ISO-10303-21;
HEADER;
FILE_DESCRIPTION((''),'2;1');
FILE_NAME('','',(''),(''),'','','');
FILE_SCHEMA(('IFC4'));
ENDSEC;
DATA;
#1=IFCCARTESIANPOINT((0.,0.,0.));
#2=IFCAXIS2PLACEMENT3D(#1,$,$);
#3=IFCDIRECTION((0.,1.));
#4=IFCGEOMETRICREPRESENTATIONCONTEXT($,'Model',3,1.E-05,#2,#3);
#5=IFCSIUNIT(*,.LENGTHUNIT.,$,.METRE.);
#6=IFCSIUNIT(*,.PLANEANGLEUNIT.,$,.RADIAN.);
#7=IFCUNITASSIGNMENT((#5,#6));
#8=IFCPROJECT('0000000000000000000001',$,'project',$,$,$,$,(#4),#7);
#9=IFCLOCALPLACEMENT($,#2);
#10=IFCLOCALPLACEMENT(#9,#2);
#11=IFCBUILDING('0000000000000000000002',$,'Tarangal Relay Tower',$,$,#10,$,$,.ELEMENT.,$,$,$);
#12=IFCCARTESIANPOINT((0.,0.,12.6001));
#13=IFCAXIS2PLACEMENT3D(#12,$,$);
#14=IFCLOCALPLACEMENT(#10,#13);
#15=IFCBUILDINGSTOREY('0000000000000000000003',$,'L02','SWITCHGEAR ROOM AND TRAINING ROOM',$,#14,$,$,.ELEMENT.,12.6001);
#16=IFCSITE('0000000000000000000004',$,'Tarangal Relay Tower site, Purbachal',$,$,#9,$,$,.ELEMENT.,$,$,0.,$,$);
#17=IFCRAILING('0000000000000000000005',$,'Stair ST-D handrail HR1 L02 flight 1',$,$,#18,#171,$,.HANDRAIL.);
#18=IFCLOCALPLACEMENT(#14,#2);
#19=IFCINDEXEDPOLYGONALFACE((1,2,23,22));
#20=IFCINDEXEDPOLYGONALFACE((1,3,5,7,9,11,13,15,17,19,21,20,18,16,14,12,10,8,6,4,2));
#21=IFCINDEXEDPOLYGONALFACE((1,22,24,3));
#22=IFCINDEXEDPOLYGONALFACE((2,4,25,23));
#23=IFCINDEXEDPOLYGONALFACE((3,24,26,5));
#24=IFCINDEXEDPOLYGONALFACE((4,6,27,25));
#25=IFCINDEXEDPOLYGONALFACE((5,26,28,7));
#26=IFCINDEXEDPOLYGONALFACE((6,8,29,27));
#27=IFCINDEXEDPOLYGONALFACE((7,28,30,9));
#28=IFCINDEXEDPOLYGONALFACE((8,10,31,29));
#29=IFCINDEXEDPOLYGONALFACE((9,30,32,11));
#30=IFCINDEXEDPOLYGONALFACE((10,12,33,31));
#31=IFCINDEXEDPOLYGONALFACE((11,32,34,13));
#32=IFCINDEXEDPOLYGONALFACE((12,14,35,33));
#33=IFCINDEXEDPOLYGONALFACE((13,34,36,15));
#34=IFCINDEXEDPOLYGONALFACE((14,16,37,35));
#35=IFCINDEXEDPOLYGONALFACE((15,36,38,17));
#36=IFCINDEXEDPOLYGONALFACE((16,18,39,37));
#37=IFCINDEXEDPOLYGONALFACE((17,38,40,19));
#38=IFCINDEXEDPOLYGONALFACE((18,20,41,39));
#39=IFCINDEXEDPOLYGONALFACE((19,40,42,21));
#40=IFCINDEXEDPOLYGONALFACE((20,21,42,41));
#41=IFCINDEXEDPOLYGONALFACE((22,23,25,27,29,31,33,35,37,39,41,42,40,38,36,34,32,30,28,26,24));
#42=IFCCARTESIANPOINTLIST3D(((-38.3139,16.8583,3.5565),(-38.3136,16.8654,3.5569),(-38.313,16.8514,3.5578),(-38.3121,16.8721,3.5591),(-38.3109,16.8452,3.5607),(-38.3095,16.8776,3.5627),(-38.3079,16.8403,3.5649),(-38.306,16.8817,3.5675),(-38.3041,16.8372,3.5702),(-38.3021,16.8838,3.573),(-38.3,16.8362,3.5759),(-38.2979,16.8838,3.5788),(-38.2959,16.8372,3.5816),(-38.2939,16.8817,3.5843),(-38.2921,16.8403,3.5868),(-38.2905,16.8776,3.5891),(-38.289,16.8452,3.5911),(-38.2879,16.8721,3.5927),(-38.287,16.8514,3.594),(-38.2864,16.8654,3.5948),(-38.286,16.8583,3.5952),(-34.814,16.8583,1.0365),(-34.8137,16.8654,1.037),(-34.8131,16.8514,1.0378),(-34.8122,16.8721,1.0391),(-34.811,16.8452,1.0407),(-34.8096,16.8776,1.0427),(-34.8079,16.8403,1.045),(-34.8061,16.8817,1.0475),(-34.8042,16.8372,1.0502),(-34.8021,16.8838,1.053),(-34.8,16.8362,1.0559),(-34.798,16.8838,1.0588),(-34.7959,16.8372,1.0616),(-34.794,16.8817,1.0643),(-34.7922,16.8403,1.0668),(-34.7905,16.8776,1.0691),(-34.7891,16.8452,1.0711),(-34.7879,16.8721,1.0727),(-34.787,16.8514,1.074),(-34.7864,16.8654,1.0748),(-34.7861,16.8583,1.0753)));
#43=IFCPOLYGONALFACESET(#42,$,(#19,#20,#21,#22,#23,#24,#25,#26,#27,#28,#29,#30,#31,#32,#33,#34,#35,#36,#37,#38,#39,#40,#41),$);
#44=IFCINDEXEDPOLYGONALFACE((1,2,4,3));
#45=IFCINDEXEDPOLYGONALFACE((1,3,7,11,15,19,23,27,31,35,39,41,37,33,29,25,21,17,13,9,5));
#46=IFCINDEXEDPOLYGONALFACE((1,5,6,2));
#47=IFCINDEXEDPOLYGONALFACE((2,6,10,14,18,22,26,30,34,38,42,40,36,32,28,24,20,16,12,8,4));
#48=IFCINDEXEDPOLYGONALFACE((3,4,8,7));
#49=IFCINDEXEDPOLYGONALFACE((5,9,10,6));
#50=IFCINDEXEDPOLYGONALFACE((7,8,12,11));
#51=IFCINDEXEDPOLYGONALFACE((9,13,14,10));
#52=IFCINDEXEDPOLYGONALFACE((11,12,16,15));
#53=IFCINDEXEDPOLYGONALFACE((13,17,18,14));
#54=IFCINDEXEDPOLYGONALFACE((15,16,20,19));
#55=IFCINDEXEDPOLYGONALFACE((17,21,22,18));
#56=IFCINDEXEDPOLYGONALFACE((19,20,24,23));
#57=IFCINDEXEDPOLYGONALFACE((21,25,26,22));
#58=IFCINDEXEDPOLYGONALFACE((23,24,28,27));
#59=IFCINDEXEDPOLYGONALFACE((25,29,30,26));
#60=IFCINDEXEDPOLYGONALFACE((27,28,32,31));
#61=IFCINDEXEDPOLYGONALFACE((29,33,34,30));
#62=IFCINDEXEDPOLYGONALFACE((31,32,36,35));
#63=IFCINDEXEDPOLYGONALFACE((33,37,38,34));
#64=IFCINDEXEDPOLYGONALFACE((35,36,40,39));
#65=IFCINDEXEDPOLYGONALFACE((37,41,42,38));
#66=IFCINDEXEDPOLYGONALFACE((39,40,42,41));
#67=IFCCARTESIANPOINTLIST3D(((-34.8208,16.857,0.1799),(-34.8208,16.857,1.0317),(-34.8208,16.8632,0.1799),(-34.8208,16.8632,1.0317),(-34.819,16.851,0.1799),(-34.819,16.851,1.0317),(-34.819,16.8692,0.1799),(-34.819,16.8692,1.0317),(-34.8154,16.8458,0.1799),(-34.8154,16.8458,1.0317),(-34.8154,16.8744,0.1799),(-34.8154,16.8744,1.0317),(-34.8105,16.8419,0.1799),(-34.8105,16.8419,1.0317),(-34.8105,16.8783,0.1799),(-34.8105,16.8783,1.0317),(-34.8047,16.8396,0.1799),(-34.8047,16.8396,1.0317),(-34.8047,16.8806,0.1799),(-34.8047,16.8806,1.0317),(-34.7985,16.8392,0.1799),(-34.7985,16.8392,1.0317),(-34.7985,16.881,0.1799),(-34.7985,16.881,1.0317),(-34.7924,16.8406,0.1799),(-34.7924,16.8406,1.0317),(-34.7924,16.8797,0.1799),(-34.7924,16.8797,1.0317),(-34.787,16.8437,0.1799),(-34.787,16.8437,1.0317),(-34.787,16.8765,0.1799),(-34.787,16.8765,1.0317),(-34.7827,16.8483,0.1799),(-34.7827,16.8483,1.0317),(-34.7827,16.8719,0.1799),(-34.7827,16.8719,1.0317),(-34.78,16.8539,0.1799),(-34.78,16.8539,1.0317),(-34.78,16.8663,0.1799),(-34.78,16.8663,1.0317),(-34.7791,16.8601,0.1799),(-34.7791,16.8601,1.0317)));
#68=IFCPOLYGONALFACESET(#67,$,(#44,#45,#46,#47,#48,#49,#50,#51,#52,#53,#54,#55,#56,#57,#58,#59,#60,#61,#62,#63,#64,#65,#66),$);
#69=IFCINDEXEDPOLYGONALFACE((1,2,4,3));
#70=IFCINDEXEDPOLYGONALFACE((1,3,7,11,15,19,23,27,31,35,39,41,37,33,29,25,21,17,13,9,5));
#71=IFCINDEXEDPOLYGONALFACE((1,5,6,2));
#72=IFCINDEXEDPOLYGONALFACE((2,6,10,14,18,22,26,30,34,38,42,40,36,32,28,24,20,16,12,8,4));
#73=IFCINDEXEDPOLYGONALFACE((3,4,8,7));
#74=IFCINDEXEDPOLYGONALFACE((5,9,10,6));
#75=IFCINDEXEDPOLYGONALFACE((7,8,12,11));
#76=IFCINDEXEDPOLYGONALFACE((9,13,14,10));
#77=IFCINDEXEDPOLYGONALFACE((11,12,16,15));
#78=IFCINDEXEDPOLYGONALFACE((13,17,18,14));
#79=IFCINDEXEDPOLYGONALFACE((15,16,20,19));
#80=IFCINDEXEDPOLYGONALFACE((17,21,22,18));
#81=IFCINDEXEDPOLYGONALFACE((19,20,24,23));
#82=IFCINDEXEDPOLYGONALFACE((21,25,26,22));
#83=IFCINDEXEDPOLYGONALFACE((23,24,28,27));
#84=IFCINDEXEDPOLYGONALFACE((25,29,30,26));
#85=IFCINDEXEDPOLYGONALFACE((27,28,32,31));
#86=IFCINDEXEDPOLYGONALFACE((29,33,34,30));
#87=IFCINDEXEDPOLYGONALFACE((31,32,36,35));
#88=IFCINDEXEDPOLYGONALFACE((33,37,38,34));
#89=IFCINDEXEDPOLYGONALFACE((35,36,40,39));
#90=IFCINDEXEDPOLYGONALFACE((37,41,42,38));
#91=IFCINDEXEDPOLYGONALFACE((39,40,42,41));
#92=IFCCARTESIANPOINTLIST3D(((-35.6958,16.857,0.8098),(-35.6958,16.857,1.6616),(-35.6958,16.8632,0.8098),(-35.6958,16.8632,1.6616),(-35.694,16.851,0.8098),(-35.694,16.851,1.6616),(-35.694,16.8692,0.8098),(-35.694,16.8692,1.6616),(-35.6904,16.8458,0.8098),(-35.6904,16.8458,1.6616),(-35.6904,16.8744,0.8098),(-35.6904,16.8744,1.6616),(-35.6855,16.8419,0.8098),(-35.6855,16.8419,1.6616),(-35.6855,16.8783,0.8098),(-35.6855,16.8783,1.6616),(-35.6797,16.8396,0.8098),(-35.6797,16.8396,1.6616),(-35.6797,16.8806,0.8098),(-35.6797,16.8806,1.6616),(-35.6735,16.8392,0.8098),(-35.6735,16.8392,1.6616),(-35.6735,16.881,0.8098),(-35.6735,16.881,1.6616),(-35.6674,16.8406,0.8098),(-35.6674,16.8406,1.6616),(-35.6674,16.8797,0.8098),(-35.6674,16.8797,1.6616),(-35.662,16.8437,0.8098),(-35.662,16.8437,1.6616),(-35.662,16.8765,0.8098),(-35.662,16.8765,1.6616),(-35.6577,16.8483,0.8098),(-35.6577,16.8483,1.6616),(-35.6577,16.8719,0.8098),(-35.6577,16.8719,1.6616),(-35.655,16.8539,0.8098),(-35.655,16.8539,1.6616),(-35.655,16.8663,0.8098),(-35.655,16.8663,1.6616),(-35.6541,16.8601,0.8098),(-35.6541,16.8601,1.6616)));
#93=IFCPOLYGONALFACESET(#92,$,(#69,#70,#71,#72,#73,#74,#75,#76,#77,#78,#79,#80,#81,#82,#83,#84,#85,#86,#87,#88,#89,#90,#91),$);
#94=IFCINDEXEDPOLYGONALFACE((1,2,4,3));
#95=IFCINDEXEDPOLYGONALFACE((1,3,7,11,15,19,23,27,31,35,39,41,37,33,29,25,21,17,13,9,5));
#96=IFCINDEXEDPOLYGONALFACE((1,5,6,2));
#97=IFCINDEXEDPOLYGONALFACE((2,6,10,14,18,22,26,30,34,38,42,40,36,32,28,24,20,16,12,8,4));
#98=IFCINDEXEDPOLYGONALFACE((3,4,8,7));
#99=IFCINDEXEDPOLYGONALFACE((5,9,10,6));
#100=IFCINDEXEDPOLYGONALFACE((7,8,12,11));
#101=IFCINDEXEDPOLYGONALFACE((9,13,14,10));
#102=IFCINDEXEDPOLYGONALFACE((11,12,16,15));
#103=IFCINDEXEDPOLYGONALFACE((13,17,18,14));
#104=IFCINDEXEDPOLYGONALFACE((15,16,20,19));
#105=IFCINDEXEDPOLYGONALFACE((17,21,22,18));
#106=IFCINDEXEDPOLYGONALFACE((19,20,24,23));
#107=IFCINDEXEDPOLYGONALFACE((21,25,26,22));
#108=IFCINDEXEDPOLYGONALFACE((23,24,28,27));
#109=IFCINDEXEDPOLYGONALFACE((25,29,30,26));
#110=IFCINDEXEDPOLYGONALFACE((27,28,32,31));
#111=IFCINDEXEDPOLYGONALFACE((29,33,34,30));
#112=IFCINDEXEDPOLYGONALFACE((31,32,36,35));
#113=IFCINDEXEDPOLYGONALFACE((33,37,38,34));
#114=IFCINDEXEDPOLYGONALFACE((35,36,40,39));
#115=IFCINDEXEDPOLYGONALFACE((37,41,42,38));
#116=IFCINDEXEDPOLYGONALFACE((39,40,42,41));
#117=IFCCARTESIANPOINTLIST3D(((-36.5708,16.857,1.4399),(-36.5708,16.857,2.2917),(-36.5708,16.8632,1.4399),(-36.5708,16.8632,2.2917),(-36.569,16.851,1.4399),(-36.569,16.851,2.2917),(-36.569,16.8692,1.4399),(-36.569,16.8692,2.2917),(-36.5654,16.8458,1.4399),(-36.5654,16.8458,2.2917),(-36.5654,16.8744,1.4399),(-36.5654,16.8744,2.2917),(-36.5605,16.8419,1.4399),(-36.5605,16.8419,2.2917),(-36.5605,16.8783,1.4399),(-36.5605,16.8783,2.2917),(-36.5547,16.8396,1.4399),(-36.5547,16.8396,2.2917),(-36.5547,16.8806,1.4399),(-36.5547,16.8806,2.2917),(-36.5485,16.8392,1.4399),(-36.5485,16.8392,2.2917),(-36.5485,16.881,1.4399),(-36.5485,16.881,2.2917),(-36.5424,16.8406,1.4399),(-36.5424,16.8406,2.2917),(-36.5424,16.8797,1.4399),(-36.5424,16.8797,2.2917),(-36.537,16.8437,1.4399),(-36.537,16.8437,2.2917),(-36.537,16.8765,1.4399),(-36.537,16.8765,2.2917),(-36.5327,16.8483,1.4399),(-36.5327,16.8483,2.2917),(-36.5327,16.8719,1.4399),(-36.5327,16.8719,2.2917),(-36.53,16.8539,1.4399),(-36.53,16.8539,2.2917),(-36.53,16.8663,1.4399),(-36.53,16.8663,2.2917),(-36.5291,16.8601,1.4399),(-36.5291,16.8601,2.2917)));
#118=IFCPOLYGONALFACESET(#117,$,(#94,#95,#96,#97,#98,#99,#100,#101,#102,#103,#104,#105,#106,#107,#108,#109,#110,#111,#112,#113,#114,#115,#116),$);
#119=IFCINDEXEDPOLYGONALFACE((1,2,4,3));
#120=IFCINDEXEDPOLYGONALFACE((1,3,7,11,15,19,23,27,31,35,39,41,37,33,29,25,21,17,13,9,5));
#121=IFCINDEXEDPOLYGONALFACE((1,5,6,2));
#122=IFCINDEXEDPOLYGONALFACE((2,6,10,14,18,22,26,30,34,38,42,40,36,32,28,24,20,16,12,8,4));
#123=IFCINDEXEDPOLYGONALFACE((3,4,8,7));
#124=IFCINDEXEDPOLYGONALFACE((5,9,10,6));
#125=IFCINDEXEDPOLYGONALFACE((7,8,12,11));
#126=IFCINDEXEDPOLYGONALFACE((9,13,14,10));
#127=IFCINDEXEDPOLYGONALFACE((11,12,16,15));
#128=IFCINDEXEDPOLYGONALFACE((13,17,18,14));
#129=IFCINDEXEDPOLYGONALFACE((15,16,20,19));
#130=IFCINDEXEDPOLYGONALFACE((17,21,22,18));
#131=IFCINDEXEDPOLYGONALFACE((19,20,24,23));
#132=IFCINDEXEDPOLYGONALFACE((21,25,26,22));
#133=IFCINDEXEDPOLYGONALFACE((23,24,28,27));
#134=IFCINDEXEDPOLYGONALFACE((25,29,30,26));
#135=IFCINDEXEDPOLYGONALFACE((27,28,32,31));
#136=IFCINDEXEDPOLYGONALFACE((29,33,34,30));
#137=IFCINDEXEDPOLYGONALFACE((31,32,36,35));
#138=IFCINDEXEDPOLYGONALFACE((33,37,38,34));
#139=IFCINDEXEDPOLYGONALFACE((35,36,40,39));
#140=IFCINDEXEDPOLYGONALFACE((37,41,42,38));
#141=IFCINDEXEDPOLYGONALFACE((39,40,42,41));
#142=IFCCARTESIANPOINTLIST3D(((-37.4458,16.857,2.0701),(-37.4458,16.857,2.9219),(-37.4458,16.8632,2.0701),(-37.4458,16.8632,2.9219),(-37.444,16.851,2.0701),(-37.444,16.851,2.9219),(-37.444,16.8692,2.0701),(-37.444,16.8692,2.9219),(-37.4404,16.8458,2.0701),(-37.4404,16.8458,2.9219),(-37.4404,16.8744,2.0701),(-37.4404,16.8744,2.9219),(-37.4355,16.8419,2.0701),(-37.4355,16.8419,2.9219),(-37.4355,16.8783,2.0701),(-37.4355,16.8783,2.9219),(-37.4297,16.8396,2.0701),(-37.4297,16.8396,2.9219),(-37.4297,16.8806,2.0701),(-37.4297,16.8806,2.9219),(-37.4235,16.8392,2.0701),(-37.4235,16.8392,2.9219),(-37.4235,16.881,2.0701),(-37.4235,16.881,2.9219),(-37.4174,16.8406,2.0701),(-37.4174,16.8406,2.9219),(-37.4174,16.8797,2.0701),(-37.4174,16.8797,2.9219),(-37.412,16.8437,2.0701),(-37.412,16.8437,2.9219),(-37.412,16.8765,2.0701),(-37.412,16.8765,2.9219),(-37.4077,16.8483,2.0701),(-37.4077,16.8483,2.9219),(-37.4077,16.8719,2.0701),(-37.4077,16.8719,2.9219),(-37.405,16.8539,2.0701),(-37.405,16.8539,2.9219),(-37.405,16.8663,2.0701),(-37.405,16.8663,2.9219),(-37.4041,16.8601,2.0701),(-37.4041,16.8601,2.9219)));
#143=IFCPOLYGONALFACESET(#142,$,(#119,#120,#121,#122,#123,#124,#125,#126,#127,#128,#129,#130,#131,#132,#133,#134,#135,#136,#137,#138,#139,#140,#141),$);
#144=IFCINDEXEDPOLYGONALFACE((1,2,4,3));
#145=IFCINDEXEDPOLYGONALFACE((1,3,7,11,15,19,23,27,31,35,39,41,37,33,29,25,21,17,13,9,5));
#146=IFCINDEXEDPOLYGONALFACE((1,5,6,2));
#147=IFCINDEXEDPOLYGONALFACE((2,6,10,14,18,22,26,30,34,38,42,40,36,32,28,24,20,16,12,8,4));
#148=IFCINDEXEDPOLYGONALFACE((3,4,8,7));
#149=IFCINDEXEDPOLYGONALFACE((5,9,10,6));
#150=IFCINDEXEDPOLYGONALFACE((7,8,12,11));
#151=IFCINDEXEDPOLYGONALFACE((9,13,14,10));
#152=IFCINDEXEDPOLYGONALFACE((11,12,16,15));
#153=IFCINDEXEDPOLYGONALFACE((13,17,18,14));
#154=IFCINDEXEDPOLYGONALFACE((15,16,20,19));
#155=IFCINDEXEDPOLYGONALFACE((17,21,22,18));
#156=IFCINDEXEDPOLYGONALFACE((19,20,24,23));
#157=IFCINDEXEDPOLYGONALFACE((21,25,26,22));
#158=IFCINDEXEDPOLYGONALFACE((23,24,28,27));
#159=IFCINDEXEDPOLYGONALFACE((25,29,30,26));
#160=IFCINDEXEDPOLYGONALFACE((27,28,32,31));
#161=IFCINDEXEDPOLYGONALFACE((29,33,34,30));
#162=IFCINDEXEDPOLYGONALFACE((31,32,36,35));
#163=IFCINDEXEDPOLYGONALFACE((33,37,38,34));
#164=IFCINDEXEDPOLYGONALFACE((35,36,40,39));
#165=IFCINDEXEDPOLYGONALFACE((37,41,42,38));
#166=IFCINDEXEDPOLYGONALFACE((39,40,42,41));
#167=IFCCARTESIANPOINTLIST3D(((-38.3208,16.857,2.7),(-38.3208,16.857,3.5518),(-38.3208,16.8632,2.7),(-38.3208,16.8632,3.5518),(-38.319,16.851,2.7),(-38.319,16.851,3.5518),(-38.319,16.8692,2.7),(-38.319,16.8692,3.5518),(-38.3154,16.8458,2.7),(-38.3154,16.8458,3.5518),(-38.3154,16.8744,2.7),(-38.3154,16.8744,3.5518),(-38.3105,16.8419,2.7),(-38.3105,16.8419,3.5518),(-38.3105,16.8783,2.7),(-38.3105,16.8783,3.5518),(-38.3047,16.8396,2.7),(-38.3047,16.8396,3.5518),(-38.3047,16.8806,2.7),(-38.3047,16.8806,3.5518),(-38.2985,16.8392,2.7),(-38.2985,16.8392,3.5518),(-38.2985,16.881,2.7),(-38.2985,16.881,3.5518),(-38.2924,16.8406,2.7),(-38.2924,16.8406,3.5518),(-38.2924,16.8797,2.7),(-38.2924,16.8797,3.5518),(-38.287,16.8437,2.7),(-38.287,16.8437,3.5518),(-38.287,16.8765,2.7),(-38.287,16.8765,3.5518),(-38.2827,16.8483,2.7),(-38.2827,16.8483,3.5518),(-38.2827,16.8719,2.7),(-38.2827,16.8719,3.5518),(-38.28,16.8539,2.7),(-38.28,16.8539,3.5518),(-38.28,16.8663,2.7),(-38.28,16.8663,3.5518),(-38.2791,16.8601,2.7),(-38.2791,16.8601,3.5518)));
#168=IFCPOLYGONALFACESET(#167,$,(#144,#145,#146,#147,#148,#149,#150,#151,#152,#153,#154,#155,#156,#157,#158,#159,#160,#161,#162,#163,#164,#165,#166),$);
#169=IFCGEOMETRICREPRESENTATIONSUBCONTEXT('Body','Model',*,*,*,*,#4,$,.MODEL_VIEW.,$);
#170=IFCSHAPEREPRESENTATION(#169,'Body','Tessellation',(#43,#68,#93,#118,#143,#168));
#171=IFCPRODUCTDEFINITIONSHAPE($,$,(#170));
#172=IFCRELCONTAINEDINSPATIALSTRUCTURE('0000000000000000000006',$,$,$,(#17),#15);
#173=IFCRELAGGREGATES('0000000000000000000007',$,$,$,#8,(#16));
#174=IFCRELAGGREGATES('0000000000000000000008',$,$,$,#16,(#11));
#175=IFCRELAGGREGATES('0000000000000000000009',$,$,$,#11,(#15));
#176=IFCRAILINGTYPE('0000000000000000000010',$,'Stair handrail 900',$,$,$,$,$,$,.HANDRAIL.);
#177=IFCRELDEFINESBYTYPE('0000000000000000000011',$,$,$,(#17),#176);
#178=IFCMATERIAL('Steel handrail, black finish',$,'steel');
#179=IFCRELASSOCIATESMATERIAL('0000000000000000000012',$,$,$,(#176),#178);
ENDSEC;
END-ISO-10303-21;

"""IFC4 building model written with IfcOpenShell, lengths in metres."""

from ifc_helpers import new_model, si_unit, direction, frame, origin, origin_2d, place, context, subcontext, project, spatial, circle, extrude, material, type_object, element, save


model = new_model("IFC4")

# Units and contexts
model_context = context("Model", 3, precision=1e-05, world=origin(), true_north=direction((0.0, 1.0)))
body_context = subcontext(model_context, "Body", "Model", "MODEL_VIEW")
ifc_project = project(units=[si_unit("LENGTHUNIT", "METRE"), si_unit("PLANEANGLEUNIT", "RADIAN")], contexts=[model_context])

# Site, building, storey
site_placement = place(None, origin())
site = spatial("IfcSite", under=ifc_project, at=site_placement, Name="Tarangal Relay Tower site, Purbachal", CompositionType="ELEMENT", RefElevation=0.0)
building_placement = place(site_placement, origin())
building = spatial("IfcBuilding", under=site, at=building_placement, Name="Tarangal Relay Tower", CompositionType="ELEMENT")
storey_placement = place(building_placement, frame((0.0, 0.0, 12.6001)))
storey = spatial("IfcBuildingStorey", under=building, at=storey_placement, Name="L02", Description="SWITCHGEAR ROOM AND TRAINING ROOM", CompositionType="ELEMENT", Elevation=12.6001)

# Railing
ifc_material_1 = material(Name="Steel handrail, black finish", Category="steel")
railing_type = type_object("IfcRailingType", Name="Stair handrail 900", PredefinedType="HANDRAIL", material=ifc_material_1)
railing_placement = place(storey_placement, frame((-34.8, 16.8601, 0.1799)))
element("IfcRailing", 1, at=railing_placement, inside=storey, type_object=railing_type, Name="Stair ST-D handrail HR1 L02 flight 1", PredefinedType="HANDRAIL", context=body_context, shape_type="SweptSolid", body=[
    extrude(circle(Radius=0.0239, at=origin_2d()), frame((0.0, 0.0, 0.876), z_axis=(-0.811532, 0.0, 0.584308), x_axis=(0.0, -1.0, 0.0)), (0.0, 0.0, 1.0), 4.3127),
    extrude(circle(Radius=0.021, at=origin_2d()), origin(), (0.0, 0.0, 1.0), 0.8518),
    extrude(circle(Radius=0.021, at=origin_2d()), frame((-0.875, 0.0, 0.6299)), (0.0, 0.0, 1.0), 0.8518),
    extrude(circle(Radius=0.021, at=origin_2d()), frame((-1.75, 0.0, 1.26)), (0.0, 0.0, 1.0), 0.8518),
    extrude(circle(Radius=0.021, at=origin_2d()), frame((-2.625, 0.0, 1.8901)), (0.0, 0.0, 1.0), 0.8518),
    extrude(circle(Radius=0.021, at=origin_2d()), frame((-3.5, 0.0, 2.52)), (0.0, 0.0, 1.0), 0.8518),
])

save(model, "model.ifc")
